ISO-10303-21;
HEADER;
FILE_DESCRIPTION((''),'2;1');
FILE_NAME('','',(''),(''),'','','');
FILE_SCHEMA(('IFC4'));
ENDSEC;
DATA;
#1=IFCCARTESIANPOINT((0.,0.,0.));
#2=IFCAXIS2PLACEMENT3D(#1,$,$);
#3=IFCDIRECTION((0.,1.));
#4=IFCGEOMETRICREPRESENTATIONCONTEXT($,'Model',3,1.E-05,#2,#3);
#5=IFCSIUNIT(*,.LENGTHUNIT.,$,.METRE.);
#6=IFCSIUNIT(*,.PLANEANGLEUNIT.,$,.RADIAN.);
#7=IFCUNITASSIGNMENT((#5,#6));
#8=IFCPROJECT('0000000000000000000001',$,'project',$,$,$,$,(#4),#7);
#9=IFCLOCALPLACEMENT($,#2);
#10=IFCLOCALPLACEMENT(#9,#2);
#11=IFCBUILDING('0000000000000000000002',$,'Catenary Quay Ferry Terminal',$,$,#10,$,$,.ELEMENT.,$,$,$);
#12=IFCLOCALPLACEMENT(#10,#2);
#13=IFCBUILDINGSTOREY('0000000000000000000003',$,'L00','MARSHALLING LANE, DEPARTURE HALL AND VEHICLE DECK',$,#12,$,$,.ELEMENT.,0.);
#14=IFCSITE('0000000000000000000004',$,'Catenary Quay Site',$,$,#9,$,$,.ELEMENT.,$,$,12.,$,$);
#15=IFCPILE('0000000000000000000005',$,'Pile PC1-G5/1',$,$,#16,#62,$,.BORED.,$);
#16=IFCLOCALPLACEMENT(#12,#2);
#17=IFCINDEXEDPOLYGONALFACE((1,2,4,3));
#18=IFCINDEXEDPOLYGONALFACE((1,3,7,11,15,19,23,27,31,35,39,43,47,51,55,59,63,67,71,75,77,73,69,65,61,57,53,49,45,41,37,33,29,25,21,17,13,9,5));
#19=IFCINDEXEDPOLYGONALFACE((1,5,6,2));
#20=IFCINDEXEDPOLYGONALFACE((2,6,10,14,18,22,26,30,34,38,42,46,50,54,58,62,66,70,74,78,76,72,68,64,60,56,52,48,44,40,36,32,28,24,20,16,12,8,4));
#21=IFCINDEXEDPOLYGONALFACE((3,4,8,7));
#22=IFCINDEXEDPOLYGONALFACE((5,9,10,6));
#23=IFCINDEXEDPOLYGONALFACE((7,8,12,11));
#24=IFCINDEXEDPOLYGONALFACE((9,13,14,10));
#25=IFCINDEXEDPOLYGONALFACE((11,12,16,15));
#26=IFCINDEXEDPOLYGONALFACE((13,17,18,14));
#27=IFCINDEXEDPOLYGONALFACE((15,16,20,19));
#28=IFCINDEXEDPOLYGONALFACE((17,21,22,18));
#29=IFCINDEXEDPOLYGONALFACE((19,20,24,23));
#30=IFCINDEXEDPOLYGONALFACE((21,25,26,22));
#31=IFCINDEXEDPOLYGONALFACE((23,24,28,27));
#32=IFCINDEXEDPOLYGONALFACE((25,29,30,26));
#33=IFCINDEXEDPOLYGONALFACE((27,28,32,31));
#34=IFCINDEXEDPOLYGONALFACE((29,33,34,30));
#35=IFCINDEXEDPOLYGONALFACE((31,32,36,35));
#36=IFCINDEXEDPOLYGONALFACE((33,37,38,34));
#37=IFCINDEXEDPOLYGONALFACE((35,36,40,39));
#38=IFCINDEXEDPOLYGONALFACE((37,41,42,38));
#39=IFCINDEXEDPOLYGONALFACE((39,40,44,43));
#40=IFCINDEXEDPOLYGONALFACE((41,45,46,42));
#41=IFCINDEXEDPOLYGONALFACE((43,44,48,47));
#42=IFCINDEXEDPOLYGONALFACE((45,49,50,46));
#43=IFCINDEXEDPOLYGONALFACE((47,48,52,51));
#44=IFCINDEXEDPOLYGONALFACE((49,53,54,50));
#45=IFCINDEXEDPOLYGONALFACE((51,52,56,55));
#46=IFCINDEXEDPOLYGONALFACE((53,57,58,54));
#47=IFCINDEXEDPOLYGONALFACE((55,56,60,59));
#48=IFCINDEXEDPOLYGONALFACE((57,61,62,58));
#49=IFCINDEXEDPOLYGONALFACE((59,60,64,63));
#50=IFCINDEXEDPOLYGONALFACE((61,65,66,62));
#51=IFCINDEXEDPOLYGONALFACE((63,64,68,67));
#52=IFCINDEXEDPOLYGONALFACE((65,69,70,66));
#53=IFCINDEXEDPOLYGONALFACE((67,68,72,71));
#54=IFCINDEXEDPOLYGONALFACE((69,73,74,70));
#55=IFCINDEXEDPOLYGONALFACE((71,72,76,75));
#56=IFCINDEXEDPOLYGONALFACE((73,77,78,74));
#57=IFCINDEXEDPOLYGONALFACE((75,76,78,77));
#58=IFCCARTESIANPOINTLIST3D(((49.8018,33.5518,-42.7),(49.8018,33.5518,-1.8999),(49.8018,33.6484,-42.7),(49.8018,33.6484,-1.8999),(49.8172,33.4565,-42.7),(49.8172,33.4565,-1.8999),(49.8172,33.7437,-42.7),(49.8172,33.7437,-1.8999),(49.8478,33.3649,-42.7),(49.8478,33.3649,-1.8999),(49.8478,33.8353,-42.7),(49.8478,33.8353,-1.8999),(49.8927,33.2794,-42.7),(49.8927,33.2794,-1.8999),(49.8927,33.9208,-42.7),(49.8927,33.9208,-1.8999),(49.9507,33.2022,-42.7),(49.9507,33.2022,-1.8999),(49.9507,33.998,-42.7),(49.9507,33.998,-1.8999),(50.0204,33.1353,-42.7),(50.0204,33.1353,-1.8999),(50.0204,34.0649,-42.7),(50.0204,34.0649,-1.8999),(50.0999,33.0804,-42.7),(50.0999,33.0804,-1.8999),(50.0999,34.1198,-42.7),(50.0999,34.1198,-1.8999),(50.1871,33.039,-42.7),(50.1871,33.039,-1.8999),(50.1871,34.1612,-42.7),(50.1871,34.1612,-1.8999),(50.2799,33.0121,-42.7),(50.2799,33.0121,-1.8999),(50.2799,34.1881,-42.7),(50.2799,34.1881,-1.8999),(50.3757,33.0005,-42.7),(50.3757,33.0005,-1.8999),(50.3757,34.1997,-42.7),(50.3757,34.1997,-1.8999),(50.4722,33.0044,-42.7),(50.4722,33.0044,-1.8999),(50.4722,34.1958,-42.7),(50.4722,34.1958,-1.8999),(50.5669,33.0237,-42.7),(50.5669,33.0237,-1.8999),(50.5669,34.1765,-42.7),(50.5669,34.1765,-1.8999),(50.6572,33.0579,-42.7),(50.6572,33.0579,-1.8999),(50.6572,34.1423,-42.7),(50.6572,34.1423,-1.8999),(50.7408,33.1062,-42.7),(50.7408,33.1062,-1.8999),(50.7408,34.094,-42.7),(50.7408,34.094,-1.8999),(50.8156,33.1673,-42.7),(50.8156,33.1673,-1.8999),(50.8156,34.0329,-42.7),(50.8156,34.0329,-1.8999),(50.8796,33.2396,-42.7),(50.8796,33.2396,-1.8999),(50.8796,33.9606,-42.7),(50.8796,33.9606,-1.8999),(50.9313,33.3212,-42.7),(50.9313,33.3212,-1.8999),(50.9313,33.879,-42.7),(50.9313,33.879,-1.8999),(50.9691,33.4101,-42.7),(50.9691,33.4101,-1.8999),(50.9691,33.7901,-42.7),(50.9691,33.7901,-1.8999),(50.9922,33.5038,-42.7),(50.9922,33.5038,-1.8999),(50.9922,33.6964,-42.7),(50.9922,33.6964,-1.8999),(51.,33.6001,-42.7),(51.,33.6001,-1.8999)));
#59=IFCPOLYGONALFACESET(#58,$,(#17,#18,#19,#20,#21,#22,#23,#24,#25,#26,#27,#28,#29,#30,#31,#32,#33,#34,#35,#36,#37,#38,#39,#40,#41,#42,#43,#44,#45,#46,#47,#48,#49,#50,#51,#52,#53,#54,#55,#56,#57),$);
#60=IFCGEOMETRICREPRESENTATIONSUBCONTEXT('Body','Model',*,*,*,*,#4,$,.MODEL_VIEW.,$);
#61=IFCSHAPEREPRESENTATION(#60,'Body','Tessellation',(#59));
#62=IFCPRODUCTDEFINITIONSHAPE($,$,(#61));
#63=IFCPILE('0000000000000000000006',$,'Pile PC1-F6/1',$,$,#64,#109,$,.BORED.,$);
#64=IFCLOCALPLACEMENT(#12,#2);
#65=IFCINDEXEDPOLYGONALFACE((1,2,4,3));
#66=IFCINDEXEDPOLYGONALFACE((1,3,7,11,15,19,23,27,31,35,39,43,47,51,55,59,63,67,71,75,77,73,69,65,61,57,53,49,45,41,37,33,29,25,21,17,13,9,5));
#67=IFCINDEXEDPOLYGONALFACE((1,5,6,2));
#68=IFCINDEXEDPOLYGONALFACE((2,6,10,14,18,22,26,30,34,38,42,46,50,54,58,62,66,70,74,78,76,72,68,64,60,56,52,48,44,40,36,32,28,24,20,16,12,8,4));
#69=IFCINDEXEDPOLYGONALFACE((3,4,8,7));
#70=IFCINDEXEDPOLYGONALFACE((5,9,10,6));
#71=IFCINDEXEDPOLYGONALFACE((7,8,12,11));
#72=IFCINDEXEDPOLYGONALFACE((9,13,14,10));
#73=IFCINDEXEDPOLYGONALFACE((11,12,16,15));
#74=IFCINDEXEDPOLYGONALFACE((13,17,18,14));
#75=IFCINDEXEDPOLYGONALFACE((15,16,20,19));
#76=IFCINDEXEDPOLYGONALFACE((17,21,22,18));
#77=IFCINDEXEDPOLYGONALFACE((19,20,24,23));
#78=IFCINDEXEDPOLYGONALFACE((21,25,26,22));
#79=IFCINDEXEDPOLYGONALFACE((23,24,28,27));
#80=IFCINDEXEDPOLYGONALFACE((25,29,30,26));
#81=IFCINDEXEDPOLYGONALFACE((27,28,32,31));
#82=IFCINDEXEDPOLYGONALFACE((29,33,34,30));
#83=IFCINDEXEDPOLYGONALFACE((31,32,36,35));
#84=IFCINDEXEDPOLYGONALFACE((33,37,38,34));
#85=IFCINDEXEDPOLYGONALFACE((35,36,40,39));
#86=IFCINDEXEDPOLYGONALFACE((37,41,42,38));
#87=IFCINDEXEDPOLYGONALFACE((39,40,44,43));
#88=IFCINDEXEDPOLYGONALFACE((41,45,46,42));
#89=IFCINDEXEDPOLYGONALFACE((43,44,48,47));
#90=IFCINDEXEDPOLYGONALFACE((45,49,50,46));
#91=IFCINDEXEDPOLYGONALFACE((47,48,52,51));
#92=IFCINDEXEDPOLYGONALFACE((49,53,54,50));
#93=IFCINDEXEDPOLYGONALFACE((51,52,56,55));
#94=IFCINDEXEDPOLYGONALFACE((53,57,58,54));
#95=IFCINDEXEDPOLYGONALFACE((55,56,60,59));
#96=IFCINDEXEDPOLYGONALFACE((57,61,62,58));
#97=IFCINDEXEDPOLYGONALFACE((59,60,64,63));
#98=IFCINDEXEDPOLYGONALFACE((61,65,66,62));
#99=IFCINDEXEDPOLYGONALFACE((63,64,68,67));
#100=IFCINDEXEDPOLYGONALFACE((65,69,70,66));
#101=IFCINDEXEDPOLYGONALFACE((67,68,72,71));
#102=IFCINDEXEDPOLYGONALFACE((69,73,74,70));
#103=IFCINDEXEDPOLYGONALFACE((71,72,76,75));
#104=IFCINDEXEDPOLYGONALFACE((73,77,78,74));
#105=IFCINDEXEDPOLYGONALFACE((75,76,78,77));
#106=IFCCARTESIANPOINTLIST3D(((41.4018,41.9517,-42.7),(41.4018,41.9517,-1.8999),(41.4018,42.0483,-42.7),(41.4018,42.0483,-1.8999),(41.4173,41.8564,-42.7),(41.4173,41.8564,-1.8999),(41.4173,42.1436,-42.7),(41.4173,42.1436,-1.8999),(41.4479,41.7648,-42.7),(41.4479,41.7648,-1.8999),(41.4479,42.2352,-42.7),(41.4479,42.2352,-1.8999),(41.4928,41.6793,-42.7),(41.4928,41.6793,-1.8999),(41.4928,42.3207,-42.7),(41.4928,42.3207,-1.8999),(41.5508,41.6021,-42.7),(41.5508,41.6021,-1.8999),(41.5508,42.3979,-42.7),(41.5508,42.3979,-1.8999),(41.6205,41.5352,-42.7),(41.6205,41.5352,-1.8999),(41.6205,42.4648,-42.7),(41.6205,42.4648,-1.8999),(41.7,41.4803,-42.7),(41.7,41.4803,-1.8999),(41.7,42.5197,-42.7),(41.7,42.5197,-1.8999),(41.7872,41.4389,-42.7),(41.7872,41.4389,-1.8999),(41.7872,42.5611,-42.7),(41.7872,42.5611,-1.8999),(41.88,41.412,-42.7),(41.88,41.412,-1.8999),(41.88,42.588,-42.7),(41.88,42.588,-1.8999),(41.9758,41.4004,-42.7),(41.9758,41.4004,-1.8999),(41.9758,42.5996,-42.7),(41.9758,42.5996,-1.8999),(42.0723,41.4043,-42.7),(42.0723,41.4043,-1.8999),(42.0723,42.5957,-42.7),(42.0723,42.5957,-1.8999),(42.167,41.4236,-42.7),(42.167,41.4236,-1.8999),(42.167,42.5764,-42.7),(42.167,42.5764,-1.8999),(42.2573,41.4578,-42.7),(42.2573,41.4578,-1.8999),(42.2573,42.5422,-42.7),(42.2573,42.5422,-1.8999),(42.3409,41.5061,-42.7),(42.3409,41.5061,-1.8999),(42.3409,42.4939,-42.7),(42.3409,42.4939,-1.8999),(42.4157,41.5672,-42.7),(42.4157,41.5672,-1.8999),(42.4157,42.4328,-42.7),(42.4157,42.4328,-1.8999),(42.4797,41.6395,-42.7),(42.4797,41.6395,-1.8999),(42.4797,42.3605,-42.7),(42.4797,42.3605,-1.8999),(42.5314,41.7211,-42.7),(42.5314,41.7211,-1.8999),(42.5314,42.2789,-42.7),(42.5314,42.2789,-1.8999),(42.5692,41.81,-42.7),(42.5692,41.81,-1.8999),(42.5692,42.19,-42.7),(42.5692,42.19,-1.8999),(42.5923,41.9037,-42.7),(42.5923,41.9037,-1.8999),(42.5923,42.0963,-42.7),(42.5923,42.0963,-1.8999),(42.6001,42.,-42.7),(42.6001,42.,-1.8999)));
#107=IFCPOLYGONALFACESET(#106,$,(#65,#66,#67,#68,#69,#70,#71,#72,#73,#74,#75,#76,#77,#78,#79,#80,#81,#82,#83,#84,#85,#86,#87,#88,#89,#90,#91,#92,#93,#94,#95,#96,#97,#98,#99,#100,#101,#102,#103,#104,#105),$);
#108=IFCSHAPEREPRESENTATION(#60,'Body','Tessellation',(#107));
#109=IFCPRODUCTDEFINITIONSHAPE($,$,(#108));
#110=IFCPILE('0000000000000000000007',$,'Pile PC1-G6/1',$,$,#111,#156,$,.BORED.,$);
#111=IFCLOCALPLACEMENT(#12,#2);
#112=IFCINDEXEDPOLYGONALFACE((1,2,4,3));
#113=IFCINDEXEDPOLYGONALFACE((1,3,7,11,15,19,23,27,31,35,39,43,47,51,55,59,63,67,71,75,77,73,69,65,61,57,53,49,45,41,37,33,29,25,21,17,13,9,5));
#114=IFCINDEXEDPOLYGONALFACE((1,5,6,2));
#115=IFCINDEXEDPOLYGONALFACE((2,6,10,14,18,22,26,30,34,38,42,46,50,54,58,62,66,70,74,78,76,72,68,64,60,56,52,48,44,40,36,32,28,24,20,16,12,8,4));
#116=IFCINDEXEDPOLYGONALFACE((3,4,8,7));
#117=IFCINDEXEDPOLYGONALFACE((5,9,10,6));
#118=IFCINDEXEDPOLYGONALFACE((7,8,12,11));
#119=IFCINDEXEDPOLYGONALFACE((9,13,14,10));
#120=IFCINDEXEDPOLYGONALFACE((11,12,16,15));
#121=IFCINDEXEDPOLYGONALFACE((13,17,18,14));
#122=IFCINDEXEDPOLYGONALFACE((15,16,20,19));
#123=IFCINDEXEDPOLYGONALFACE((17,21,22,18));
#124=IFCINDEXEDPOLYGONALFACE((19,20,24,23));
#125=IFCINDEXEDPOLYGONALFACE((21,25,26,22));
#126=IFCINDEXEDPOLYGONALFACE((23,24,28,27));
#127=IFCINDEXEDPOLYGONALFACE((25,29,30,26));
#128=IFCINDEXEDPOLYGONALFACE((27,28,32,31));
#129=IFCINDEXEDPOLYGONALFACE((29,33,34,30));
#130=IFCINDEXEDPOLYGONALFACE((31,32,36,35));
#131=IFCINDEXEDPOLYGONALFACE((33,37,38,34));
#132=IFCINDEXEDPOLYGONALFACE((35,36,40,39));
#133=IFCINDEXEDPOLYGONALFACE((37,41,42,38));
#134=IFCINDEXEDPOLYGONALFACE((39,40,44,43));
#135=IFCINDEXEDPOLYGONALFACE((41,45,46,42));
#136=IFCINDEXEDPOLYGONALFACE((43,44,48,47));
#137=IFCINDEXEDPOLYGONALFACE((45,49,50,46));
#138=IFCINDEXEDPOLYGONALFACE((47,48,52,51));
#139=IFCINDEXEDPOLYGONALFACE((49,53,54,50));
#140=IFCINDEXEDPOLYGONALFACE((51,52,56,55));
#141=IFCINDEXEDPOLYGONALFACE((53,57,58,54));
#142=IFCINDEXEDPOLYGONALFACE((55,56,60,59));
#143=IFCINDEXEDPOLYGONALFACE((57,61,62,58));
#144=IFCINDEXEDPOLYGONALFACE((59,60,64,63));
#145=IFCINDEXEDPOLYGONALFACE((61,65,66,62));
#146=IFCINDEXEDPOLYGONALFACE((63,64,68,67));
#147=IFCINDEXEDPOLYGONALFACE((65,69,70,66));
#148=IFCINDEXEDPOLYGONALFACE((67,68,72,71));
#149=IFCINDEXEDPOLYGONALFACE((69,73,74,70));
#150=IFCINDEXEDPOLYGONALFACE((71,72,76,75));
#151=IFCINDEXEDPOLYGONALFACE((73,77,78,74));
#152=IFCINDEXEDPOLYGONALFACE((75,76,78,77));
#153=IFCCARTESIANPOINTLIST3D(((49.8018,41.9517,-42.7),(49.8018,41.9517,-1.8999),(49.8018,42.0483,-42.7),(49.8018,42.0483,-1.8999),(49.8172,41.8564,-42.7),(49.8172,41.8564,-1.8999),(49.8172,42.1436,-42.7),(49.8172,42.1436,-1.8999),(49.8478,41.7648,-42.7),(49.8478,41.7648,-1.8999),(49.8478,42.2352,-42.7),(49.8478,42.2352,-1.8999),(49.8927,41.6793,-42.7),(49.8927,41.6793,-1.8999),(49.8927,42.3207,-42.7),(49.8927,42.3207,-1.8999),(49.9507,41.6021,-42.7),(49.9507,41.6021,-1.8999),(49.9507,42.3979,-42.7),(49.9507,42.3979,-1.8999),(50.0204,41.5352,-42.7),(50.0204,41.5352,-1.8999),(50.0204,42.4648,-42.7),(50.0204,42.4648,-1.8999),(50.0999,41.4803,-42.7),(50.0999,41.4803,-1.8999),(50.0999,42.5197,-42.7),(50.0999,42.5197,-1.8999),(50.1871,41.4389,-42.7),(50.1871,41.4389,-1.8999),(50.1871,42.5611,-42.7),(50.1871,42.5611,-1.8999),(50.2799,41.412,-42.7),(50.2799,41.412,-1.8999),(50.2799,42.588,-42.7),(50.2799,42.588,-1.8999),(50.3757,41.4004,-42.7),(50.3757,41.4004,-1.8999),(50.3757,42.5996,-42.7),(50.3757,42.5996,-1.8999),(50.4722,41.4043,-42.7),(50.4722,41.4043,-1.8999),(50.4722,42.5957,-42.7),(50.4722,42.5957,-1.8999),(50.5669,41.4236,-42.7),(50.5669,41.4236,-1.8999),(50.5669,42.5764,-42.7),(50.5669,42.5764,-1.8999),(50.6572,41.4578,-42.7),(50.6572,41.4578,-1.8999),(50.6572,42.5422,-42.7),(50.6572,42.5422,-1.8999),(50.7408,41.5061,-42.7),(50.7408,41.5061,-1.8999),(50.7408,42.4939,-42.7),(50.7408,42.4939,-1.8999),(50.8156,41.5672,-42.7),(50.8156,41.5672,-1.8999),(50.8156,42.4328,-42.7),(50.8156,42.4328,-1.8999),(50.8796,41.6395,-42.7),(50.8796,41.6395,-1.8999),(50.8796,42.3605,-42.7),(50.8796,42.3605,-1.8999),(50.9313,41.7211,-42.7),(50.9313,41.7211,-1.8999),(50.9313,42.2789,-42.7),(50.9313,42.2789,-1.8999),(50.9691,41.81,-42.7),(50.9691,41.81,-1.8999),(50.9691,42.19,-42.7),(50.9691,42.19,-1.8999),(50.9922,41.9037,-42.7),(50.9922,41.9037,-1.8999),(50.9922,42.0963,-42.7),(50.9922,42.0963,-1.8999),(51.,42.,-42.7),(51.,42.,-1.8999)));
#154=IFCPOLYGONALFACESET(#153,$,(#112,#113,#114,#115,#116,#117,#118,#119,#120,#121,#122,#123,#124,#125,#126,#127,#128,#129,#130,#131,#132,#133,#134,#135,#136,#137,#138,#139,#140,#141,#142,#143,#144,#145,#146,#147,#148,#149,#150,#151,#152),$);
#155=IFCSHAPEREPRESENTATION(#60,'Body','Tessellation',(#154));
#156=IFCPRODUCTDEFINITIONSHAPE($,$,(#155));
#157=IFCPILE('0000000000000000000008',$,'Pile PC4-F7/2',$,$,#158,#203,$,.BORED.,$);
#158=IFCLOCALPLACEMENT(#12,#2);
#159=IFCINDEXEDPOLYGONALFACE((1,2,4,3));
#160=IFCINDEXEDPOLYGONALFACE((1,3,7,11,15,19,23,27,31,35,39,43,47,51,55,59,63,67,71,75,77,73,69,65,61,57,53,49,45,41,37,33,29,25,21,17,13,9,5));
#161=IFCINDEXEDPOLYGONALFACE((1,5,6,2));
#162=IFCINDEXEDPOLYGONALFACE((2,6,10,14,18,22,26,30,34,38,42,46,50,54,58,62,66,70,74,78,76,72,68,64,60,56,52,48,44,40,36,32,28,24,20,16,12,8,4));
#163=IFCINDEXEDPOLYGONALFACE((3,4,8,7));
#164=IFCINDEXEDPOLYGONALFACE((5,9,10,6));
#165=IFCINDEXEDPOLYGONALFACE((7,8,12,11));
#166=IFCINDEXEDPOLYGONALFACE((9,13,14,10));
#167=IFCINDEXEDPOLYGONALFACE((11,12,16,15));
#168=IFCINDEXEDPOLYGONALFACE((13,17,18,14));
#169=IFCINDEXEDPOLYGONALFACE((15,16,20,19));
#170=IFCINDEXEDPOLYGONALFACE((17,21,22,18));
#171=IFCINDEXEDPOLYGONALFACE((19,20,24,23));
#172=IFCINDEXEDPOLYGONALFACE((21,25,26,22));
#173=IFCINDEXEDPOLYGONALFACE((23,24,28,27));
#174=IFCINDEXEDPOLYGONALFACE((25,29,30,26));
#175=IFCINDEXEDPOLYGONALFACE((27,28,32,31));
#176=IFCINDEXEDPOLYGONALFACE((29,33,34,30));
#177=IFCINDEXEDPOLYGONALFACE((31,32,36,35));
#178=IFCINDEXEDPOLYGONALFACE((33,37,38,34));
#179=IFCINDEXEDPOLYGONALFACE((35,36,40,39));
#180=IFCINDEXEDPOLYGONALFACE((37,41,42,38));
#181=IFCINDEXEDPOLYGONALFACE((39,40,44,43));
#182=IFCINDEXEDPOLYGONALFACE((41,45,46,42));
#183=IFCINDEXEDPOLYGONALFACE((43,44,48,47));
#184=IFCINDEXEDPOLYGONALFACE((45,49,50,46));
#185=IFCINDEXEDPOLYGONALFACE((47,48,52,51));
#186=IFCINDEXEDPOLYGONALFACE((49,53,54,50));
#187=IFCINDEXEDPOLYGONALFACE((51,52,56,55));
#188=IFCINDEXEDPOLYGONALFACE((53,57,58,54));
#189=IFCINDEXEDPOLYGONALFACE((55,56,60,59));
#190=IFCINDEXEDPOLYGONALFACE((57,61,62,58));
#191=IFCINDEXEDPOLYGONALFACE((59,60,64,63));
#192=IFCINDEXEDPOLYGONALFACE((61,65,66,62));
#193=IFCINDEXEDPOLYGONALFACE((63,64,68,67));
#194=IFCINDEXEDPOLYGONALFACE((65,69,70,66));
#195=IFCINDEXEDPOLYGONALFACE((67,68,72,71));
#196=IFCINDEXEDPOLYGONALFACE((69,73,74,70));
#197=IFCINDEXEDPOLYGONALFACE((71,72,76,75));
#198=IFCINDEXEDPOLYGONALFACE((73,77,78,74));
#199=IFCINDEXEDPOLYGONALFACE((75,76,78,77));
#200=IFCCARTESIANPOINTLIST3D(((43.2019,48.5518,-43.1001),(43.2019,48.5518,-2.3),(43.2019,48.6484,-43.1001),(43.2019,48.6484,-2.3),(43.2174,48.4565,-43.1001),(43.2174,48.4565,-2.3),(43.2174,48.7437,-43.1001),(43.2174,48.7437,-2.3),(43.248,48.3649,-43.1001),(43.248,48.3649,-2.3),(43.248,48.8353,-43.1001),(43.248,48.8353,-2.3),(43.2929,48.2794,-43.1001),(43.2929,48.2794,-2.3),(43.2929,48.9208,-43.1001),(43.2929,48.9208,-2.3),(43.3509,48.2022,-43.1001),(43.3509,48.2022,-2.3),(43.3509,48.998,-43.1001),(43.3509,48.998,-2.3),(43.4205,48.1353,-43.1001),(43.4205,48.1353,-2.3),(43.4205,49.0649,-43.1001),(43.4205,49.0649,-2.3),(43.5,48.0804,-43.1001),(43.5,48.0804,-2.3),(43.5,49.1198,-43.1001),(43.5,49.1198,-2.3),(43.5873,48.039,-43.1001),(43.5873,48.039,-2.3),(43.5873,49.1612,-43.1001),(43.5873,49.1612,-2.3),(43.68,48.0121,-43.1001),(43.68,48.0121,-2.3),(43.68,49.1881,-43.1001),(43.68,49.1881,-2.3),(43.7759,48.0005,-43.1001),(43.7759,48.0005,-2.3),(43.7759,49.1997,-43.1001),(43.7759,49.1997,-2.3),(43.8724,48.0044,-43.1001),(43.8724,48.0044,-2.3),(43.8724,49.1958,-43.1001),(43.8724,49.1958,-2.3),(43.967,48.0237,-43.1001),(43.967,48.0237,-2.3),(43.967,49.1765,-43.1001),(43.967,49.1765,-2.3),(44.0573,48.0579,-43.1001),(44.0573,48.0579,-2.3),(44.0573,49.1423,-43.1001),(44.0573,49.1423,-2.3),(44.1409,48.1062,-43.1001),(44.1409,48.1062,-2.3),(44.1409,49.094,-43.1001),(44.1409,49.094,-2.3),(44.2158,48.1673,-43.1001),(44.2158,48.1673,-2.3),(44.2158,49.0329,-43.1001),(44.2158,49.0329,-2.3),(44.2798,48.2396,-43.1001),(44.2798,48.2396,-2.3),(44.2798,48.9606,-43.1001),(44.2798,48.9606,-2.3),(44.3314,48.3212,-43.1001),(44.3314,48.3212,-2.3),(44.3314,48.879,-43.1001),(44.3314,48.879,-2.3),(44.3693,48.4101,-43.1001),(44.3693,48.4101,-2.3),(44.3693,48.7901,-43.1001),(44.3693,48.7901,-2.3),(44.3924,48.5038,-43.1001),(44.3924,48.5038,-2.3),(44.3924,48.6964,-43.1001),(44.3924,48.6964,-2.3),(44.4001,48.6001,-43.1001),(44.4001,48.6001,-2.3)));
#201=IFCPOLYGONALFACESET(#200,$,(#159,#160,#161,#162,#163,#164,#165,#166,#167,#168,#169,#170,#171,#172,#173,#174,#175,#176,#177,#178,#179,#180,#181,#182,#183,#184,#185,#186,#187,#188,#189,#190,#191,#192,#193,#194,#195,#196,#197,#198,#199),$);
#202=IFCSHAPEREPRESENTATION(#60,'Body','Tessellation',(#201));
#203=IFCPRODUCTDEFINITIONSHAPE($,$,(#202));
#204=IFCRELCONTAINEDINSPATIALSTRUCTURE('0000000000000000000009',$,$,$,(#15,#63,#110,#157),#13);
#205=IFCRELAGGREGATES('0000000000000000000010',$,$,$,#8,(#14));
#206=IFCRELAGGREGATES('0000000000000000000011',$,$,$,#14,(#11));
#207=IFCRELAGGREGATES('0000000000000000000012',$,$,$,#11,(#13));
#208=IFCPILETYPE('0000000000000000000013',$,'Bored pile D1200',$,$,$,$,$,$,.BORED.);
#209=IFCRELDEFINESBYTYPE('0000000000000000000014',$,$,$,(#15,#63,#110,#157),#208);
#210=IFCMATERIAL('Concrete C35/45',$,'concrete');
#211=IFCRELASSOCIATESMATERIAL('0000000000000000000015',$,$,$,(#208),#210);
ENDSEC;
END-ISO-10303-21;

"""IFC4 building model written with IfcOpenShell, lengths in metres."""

from ifc_helpers import new_model, si_unit, direction, frame, origin, origin_2d, place, context, subcontext, project, spatial, circle, extrude, material, material_profile, profile_set, type_object, element, save


model = new_model("IFC4")

# Units and contexts
model_context = context("Model", 3, precision=1e-05, world=origin(), true_north=direction((0.0, 1.0)))
body_context = subcontext(model_context, "Body", "Model", "MODEL_VIEW")
ifc_project = project(units=[si_unit("LENGTHUNIT", "METRE"), si_unit("PLANEANGLEUNIT", "RADIAN")], contexts=[model_context])

# Site, building, storey
site_placement = place(None, origin())
site = spatial("IfcSite", under=ifc_project, at=site_placement, Name="Catenary Quay Site", CompositionType="ELEMENT", RefElevation=12.0)
building_placement = place(site_placement, origin())
building = spatial("IfcBuilding", under=site, at=building_placement, Name="Catenary Quay Ferry Terminal", CompositionType="ELEMENT")
storey_placement = place(building_placement, origin())
storey = spatial("IfcBuildingStorey", under=building, at=storey_placement, Name="L00", Description="MARSHALLING LANE, DEPARTURE HALL AND VEHICLE DECK", CompositionType="ELEMENT", Elevation=0.0)

# Piles
ifc_material_1 = material(Name="Concrete C35/45", Category="concrete")
ifc_material_profile_1 = material_profile(ifc_material_1, circle(Radius=0.6001, at=origin_2d()), Name="D1200")
ifc_profile_set_1 = profile_set([ifc_material_profile_1], Name="Concrete C35/45")
pile_type = type_object("IfcPileType", Name="Bored pile D1200", PredefinedType="BORED", material=ifc_profile_set_1)
for number, where, z_axis, x_axis, name in (
    (1, (50.3999, 33.6001, -1.8999), (0.0, 0.0, -1.0), (1.0, 0.0, 0.0), "Pile PC1-G5/1"),
    (2, (42.0, 42.0, -1.8999), (0.0, 0.0, -1.0), (1.0, 0.0, 0.0), "Pile PC1-F6/1"),
    (3, (50.3999, 42.0, -1.8999), (0.0, 0.0, -1.0), (1.0, 0.0, 0.0), "Pile PC1-G6/1"),
    (4, (43.8, 48.6001, -2.3), (0.0, 0.0, -1.0), (1.0, 0.0, 0.0), "Pile PC4-F7/2"),
):
    element("IfcPile", number, at=place(storey_placement, frame(where, z_axis=z_axis, x_axis=x_axis)), inside=storey, type_object=pile_type, Name=name, PredefinedType="BORED", context=body_context, shape_type="SweptSolid", body=[
        extrude(circle(Radius=0.6001, at=origin_2d()), origin(), (0.0, 0.0, 1.0), 40.8),
    ])

save(model, "model.ifc")
